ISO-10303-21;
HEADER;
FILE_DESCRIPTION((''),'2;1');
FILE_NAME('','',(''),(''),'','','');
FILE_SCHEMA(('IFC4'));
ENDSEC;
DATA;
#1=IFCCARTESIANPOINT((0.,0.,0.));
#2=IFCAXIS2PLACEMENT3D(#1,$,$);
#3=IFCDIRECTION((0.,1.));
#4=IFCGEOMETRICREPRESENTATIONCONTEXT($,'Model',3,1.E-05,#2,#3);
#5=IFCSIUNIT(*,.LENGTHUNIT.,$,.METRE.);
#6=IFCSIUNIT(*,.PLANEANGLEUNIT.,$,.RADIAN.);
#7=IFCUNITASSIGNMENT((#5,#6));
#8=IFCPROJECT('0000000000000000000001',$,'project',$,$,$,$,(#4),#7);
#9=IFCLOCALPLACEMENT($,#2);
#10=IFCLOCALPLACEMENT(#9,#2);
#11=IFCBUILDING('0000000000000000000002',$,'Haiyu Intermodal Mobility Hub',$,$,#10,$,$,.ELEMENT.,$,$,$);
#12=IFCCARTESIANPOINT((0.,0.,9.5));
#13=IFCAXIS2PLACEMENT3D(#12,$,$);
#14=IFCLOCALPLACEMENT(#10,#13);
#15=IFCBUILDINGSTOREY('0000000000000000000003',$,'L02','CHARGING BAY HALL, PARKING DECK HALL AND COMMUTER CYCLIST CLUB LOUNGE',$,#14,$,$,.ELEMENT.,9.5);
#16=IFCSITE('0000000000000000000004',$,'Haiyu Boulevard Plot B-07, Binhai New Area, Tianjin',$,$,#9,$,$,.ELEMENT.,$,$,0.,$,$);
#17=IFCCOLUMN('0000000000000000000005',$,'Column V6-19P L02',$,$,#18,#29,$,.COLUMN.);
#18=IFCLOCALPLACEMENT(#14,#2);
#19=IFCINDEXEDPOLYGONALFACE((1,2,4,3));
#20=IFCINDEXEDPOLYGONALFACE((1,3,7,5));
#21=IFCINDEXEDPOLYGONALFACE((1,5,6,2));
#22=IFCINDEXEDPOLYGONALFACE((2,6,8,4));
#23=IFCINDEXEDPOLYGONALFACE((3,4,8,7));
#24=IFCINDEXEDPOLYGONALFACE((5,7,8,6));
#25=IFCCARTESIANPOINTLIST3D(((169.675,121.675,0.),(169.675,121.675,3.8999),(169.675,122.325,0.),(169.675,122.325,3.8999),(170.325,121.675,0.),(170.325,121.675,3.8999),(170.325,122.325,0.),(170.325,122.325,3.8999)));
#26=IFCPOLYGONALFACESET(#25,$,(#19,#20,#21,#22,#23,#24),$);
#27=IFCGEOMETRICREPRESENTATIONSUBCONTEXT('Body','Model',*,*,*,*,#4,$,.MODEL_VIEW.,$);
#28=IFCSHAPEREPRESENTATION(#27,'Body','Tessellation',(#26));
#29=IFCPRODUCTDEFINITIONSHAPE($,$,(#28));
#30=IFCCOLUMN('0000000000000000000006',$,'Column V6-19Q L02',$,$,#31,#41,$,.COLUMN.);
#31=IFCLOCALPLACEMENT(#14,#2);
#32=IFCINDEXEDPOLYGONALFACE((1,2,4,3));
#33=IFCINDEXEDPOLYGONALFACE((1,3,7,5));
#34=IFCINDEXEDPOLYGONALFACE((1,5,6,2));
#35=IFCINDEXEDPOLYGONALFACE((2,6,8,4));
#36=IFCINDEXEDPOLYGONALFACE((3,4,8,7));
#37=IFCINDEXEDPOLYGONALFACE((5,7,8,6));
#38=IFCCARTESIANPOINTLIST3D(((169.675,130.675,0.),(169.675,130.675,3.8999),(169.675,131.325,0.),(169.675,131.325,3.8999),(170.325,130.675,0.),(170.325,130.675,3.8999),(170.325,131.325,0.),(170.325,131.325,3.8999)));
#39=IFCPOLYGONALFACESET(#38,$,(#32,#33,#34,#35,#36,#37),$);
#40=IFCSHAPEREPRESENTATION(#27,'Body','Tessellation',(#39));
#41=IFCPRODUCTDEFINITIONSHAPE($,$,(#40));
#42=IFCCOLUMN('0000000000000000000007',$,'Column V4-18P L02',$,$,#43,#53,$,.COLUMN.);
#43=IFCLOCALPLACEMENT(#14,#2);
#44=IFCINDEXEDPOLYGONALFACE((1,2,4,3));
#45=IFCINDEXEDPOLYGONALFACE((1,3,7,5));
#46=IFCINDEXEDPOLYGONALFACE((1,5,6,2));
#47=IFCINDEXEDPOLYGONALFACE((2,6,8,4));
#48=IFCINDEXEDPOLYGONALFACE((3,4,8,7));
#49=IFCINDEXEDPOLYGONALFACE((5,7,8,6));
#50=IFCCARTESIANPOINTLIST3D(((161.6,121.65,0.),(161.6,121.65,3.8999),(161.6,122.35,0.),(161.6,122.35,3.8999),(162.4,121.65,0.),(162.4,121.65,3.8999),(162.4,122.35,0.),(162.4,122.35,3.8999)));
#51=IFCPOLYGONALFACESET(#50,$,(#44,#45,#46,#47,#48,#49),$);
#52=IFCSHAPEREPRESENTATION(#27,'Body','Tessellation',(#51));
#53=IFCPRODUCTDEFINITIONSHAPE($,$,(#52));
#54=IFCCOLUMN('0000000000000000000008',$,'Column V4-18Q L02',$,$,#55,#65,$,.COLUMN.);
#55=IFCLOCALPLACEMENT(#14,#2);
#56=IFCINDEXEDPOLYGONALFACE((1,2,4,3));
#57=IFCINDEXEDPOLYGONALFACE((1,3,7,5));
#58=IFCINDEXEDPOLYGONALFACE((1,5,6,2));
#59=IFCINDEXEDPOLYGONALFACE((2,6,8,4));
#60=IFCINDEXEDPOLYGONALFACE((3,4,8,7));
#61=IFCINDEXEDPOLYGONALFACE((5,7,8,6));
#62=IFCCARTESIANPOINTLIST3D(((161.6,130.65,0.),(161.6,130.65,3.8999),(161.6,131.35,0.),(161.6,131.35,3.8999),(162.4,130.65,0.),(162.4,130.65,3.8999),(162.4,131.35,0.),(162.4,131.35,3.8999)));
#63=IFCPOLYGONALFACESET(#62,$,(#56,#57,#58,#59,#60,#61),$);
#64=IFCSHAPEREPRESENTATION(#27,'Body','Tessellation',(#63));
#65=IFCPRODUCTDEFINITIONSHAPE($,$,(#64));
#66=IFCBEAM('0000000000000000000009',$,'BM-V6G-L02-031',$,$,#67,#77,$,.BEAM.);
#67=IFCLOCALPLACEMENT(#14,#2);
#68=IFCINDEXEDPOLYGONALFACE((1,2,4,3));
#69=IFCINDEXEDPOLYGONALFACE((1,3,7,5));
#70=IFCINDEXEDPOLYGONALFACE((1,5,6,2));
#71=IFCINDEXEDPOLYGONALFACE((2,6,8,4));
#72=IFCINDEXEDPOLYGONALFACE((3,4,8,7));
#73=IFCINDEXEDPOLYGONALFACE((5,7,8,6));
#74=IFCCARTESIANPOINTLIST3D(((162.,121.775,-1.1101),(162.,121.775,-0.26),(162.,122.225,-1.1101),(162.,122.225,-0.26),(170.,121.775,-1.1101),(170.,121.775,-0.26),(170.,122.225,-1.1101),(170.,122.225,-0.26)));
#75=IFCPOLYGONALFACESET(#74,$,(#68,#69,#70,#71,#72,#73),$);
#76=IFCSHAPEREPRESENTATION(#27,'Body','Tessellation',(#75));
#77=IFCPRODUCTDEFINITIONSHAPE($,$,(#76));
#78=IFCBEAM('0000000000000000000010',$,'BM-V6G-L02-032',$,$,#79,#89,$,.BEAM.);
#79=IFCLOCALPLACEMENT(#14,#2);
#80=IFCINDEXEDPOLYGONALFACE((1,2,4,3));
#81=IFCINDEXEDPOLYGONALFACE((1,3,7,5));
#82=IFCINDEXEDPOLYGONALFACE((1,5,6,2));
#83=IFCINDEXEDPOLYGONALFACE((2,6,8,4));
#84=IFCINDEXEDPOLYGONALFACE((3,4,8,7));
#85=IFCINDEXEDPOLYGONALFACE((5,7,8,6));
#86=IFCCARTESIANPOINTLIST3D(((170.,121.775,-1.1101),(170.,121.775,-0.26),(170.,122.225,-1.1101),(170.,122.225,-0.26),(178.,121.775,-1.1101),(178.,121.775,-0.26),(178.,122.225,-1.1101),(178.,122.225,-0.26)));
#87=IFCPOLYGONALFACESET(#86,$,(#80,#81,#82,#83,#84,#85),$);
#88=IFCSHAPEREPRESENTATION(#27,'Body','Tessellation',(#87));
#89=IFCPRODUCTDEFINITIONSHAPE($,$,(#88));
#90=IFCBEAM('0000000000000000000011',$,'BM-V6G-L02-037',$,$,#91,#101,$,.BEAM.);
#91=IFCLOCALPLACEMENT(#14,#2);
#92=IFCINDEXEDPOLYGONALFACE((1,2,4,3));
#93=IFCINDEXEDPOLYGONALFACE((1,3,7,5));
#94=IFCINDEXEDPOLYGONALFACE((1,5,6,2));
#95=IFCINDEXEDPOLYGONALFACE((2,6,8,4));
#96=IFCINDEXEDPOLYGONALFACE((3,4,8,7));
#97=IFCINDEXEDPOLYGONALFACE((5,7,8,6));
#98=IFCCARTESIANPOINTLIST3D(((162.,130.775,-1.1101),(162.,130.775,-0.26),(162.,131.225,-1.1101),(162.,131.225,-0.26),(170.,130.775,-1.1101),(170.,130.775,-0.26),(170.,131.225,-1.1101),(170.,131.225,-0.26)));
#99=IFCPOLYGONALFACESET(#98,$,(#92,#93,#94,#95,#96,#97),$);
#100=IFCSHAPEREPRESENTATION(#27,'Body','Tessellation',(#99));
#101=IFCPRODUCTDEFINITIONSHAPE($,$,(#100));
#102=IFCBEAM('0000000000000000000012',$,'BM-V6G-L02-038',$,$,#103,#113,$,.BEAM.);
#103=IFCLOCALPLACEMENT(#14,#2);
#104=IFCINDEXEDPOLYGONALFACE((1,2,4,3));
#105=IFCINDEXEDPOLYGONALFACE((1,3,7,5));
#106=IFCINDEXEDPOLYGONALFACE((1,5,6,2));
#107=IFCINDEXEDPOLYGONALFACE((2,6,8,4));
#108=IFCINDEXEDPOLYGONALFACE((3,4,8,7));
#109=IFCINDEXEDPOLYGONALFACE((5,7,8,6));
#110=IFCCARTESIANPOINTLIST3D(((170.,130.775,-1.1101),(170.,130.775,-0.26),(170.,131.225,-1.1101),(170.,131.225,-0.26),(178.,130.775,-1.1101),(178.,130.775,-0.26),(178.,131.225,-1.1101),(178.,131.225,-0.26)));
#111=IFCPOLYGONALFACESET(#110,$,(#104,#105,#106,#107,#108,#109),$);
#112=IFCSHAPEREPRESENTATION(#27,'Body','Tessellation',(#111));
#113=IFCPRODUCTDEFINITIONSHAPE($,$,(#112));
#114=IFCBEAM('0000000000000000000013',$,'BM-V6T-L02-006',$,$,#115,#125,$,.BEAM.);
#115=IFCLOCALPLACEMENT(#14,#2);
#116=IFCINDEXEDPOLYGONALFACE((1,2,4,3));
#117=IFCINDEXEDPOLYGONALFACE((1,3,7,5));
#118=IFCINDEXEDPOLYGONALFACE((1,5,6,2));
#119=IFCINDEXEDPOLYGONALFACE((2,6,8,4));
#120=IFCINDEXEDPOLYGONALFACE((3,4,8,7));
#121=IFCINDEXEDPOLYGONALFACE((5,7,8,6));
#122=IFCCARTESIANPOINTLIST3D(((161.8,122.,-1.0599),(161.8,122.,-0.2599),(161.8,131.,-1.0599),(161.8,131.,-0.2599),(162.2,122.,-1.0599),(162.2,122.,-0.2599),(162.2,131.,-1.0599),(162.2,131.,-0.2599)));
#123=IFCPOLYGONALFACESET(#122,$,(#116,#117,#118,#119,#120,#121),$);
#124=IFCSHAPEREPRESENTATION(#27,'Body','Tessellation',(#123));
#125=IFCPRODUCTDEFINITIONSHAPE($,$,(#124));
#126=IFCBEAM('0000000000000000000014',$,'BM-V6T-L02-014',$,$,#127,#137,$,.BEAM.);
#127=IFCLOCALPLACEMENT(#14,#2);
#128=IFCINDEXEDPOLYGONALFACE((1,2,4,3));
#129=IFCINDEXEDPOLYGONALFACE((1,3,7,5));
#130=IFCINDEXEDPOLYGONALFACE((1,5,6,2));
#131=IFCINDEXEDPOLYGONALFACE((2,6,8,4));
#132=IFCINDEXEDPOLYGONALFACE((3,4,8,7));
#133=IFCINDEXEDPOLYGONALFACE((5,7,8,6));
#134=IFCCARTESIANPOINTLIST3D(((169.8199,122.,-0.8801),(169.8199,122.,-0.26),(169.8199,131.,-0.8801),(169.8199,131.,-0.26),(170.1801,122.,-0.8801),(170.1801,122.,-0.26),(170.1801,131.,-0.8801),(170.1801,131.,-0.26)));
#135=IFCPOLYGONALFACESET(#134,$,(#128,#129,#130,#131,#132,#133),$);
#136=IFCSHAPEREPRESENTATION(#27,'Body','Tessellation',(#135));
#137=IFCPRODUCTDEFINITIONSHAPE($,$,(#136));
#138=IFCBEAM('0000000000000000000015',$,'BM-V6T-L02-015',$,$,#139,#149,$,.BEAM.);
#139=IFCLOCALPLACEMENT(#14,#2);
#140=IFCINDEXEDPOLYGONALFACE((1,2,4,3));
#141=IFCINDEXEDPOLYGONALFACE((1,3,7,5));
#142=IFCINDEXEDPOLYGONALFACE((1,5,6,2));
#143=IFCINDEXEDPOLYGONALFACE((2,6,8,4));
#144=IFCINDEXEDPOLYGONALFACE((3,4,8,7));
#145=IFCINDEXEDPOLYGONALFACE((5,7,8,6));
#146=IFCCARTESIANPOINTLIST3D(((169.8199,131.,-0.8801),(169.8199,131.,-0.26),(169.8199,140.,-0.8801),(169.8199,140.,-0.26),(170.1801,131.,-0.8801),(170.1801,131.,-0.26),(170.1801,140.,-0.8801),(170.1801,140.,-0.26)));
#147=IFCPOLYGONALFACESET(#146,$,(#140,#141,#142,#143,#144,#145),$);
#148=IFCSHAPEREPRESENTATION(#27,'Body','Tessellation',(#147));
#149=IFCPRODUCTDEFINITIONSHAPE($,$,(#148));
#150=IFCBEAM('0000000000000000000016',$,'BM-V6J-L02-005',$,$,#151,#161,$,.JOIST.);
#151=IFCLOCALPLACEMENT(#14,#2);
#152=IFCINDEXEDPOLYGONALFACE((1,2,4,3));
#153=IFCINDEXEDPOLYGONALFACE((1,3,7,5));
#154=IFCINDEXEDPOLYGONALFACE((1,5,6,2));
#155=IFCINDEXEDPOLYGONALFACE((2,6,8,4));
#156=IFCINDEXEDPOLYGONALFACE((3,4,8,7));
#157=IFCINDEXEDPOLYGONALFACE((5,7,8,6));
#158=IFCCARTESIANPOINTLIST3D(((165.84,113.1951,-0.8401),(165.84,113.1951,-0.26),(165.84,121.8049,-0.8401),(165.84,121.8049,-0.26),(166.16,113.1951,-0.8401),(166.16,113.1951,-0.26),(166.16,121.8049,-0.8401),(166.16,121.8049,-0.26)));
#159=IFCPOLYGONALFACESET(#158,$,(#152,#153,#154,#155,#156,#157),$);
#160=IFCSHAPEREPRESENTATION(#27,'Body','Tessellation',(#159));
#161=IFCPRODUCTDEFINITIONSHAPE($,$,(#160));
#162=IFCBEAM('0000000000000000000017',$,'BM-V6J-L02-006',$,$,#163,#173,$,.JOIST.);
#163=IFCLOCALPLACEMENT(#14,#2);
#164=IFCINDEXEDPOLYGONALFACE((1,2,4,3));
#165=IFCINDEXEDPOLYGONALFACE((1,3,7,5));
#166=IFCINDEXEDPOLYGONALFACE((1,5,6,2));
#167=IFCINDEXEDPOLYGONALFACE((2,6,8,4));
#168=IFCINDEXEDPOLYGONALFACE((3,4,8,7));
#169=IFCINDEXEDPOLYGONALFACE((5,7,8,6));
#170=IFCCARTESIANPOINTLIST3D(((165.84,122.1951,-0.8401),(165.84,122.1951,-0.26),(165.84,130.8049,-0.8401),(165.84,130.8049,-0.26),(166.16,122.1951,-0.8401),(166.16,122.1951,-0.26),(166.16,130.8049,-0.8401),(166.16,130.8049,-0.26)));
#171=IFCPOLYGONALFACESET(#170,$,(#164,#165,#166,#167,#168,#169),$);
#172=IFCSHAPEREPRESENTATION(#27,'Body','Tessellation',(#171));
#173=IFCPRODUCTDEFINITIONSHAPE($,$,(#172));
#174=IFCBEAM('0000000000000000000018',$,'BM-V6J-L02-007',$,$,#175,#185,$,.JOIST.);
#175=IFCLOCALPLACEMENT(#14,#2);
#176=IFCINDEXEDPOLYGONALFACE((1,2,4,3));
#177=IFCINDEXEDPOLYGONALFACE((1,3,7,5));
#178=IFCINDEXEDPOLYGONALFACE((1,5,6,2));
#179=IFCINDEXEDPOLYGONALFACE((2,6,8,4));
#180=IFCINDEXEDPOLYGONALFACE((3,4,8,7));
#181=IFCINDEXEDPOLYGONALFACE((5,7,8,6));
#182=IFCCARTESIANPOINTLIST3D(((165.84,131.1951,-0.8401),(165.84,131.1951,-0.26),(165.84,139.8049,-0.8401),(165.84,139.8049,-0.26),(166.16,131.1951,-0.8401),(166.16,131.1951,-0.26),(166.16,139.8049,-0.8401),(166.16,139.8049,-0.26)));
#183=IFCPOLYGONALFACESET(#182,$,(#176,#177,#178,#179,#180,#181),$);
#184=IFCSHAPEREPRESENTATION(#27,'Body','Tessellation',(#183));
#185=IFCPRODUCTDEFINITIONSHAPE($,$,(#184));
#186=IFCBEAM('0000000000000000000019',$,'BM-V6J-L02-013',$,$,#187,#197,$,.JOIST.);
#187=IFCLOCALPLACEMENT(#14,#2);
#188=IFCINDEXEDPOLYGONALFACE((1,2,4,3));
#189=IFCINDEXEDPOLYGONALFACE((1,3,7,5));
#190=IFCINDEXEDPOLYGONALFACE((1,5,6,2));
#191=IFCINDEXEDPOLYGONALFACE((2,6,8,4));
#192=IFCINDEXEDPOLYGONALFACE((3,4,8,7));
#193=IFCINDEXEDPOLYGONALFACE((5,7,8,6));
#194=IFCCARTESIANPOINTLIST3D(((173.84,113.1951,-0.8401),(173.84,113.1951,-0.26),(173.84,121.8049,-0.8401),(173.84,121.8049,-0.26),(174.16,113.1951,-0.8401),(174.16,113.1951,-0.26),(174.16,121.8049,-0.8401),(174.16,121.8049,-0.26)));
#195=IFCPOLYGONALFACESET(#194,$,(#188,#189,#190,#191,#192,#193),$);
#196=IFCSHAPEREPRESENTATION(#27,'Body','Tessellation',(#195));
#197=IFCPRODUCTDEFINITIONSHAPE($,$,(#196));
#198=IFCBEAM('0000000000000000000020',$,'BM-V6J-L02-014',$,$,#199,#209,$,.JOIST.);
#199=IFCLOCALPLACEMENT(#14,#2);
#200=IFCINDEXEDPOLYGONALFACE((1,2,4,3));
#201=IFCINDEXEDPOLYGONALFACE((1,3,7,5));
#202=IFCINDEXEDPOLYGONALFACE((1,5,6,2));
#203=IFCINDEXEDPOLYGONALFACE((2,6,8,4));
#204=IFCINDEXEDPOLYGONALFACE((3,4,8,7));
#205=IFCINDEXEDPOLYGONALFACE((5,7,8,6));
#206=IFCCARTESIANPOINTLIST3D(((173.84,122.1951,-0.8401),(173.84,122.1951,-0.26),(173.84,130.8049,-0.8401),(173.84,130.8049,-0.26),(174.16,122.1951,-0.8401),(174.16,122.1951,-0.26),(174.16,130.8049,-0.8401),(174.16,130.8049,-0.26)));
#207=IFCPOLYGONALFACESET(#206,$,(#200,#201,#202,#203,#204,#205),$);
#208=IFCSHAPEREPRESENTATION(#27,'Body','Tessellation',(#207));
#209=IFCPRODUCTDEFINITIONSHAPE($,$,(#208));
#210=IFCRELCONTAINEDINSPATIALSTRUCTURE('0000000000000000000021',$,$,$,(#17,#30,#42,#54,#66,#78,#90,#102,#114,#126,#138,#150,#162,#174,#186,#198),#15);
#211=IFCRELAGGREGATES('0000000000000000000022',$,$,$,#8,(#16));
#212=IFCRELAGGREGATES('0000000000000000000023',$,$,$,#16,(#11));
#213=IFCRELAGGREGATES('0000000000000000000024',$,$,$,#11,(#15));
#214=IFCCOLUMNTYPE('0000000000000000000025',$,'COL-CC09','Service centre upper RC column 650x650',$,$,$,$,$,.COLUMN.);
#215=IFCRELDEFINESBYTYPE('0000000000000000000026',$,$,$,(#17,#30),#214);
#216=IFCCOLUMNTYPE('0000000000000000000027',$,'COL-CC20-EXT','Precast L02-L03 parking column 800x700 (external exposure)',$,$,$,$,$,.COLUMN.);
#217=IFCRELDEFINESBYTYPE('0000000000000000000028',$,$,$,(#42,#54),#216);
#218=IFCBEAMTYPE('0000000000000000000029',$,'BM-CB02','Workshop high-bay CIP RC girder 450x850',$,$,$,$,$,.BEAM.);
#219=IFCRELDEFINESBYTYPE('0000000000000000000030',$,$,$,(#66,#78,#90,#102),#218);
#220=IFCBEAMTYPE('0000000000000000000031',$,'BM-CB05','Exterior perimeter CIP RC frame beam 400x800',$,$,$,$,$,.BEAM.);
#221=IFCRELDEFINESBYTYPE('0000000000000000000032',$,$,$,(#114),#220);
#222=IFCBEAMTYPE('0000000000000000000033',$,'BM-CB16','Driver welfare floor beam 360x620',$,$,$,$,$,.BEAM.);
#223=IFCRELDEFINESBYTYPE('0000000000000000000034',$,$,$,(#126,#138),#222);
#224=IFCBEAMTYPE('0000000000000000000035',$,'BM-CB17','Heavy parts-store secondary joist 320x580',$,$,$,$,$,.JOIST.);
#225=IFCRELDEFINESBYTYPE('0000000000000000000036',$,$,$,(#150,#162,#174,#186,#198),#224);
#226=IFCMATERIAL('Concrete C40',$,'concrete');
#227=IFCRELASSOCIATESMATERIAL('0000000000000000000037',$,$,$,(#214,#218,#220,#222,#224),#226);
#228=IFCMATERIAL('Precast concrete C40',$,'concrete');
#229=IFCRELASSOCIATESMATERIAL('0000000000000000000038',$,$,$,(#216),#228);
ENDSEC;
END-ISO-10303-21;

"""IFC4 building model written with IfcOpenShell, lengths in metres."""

from ifc_helpers import new_model, si_unit, direction, frame, origin, origin_2d, place, context, subcontext, project, spatial, rectangle, extrude, material, material_profile, profile_set, type_object, element, save


model = new_model("IFC4")

# Units and contexts
model_context = context("Model", 3, precision=1e-05, world=origin(), true_north=direction((0.0, 1.0)))
body_context = subcontext(model_context, "Body", "Model", "MODEL_VIEW")
ifc_project = project(units=[si_unit("LENGTHUNIT", "METRE"), si_unit("PLANEANGLEUNIT", "RADIAN")], contexts=[model_context])

# Site, building, storey
site_placement = place(None, origin())
site = spatial("IfcSite", under=ifc_project, at=site_placement, Name="Haiyu Boulevard Plot B-07, Binhai New Area, Tianjin", CompositionType="ELEMENT", RefElevation=0.0)
building_placement = place(site_placement, origin())
building = spatial("IfcBuilding", under=site, at=building_placement, Name="Haiyu Intermodal Mobility Hub", CompositionType="ELEMENT")
storey_placement = place(building_placement, frame((0.0, 0.0, 9.5)))
storey = spatial("IfcBuildingStorey", under=building, at=storey_placement, Name="L02", Description="CHARGING BAY HALL, PARKING DECK HALL AND COMMUTER CYCLIST CLUB LOUNGE", CompositionType="ELEMENT", Elevation=9.5)

# Columns
ifc_material_1 = material(Name="Concrete C40", Category="concrete")
ifc_material_profile_1 = material_profile(ifc_material_1, rectangle(XDim=0.6499, YDim=0.6499, at=origin_2d()), Name="RC650x650")
ifc_profile_set_1 = profile_set([ifc_material_profile_1], Name="Concrete C40")
column_type_1 = type_object("IfcColumnType", Name="COL-CC09", Description="Service centre upper RC column 650x650", PredefinedType="COLUMN", material=ifc_profile_set_1)
for number, where, z_axis, x_axis, name in (
    (1, (170.0, 122.0, 0.0), (0.0, 0.0, 1.0), (1.0, 0.0, 0.0), "Column V6-19P L02"),
    (2, (170.0, 131.0, 0.0), (0.0, 0.0, 1.0), (1.0, 0.0, 0.0), "Column V6-19Q L02"),
):
    element("IfcColumn", number, at=place(storey_placement, frame(where, z_axis=z_axis, x_axis=x_axis)), inside=storey, type_object=column_type_1, Name=name, PredefinedType="COLUMN", context=body_context, shape_type="SweptSolid", body=[
        extrude(rectangle(XDim=0.6499, YDim=0.6499, at=origin_2d()), origin(), (0.0, 0.0, 1.0), 3.8999),
    ])
ifc_material_2 = material(Name="Precast concrete C40", Category="concrete")
ifc_material_profile_2 = material_profile(ifc_material_2, rectangle(XDim=0.8, YDim=0.7, at=origin_2d()), Name="C800x700")
ifc_profile_set_2 = profile_set([ifc_material_profile_2], Name="Precast concrete C40")
column_type_2 = type_object("IfcColumnType", Name="COL-CC20-EXT", Description="Precast L02-L03 parking column 800x700 (external exposure)", PredefinedType="COLUMN", material=ifc_profile_set_2)
for number, where, z_axis, x_axis, name in (
    (3, (162.0, 122.0, 0.0), (0.0, 0.0, 1.0), (1.0, 0.0, 0.0), "Column V4-18P L02"),
    (4, (162.0, 131.0, 0.0), (0.0, 0.0, 1.0), (1.0, 0.0, 0.0), "Column V4-18Q L02"),
):
    element("IfcColumn", number, at=place(storey_placement, frame(where, z_axis=z_axis, x_axis=x_axis)), inside=storey, type_object=column_type_2, Name=name, PredefinedType="COLUMN", context=body_context, shape_type="SweptSolid", body=[
        extrude(rectangle(XDim=0.8, YDim=0.7, at=origin_2d()), origin(), (0.0, 0.0, 1.0), 3.8999),
    ])

# Beams
ifc_material_profile_3 = material_profile(ifc_material_1, rectangle(XDim=0.45, YDim=0.8501, at=origin_2d()), Name="RCB450x850")
ifc_profile_set_3 = profile_set([ifc_material_profile_3], Name="Concrete C40")
beam_type_1 = type_object("IfcBeamType", Name="BM-CB02", Description="Workshop high-bay CIP RC girder 450x850", PredefinedType="BEAM", material=ifc_profile_set_3)
for number, where, z_axis, x_axis, name in (
    (5, (162.0, 122.0, -0.6851), (1.0, 0.0, 0.0), (0.0, 1.0, 0.0), "BM-V6G-L02-031"),
    (6, (170.0, 122.0, -0.6851), (1.0, 0.0, 0.0), (0.0, 1.0, 0.0), "BM-V6G-L02-032"),
    (7, (162.0, 131.0, -0.6851), (1.0, 0.0, 0.0), (0.0, 1.0, 0.0), "BM-V6G-L02-037"),
    (8, (170.0, 131.0, -0.6851), (1.0, 0.0, 0.0), (0.0, 1.0, 0.0), "BM-V6G-L02-038"),
):
    element("IfcBeam", number, at=place(storey_placement, frame(where, z_axis=z_axis, x_axis=x_axis)), inside=storey, type_object=beam_type_1, Name=name, PredefinedType="BEAM", context=body_context, shape_type="SweptSolid", body=[
        extrude(rectangle(XDim=0.45, YDim=0.8501, at=origin_2d()), origin(), (0.0, 0.0, 1.0), 8.0),
    ])
ifc_material_profile_4 = material_profile(ifc_material_1, rectangle(XDim=0.3999, YDim=0.8, at=origin_2d()), Name="RCB400x800")
ifc_profile_set_4 = profile_set([ifc_material_profile_4], Name="Concrete C40")
beam_type_2 = type_object("IfcBeamType", Name="BM-CB05", Description="Exterior perimeter CIP RC frame beam 400x800", PredefinedType="BEAM", material=ifc_profile_set_4)
beam_1_placement = place(storey_placement, frame((162.0, 122.0, -0.6599), z_axis=(0.0, 1.0, 0.0), x_axis=(-1.0, 0.0, 0.0)))
element("IfcBeam", 9, at=beam_1_placement, inside=storey, type_object=beam_type_2, Name="BM-V6T-L02-006", PredefinedType="BEAM", context=body_context, shape_type="SweptSolid", body=[
    extrude(rectangle(XDim=0.3999, YDim=0.8, at=origin_2d()), origin(), (0.0, 0.0, 1.0), 9.0),
])
ifc_material_profile_5 = material_profile(ifc_material_1, rectangle(XDim=0.3601, YDim=0.6201, at=origin_2d()), Name="B360x620")
ifc_profile_set_5 = profile_set([ifc_material_profile_5], Name="Concrete C40")
beam_type_3 = type_object("IfcBeamType", Name="BM-CB16", Description="Driver welfare floor beam 360x620", PredefinedType="BEAM", material=ifc_profile_set_5)
for number, where, z_axis, x_axis, name in (
    (10, (170.0, 122.0, -0.5701), (0.0, 1.0, 0.0), (-1.0, 0.0, 0.0), "BM-V6T-L02-014"),
    (11, (170.0, 131.0, -0.5701), (0.0, 1.0, 0.0), (-1.0, 0.0, 0.0), "BM-V6T-L02-015"),
):
    element("IfcBeam", number, at=place(storey_placement, frame(where, z_axis=z_axis, x_axis=x_axis)), inside=storey, type_object=beam_type_3, Name=name, PredefinedType="BEAM", context=body_context, shape_type="SweptSolid", body=[
        extrude(rectangle(XDim=0.3601, YDim=0.6201, at=origin_2d()), origin(), (0.0, 0.0, 1.0), 9.0),
    ])
ifc_material_profile_6 = material_profile(ifc_material_1, rectangle(XDim=0.3201, YDim=0.5801, at=origin_2d()), Name="B320x580")
ifc_profile_set_6 = profile_set([ifc_material_profile_6], Name="Concrete C40")
beam_type_4 = type_object("IfcBeamType", Name="BM-CB17", Description="Heavy parts-store secondary joist 320x580", PredefinedType="JOIST", material=ifc_profile_set_6)
for number, where, z_axis, x_axis, name in (
    (12, (166.0, 113.1951, -0.55), (0.0, 1.0, 0.0), (-1.0, 0.0, 0.0), "BM-V6J-L02-005"),
    (13, (166.0, 122.1951, -0.55), (0.0, 1.0, 0.0), (-1.0, 0.0, 0.0), "BM-V6J-L02-006"),
    (14, (166.0, 131.1951, -0.55), (0.0, 1.0, 0.0), (-1.0, 0.0, 0.0), "BM-V6J-L02-007"),
    (15, (174.0, 113.1951, -0.55), (0.0, 1.0, 0.0), (-1.0, 0.0, 0.0), "BM-V6J-L02-013"),
    (16, (174.0, 122.1951, -0.55), (0.0, 1.0, 0.0), (-1.0, 0.0, 0.0), "BM-V6J-L02-014"),
):
    element("IfcBeam", number, at=place(storey_placement, frame(where, z_axis=z_axis, x_axis=x_axis)), inside=storey, type_object=beam_type_4, Name=name, PredefinedType="JOIST", context=body_context, shape_type="SweptSolid", body=[
        extrude(rectangle(XDim=0.3201, YDim=0.5801, at=origin_2d()), origin(), (0.0, 0.0, 1.0), 8.6099),
    ])

save(model, "model.ifc")
